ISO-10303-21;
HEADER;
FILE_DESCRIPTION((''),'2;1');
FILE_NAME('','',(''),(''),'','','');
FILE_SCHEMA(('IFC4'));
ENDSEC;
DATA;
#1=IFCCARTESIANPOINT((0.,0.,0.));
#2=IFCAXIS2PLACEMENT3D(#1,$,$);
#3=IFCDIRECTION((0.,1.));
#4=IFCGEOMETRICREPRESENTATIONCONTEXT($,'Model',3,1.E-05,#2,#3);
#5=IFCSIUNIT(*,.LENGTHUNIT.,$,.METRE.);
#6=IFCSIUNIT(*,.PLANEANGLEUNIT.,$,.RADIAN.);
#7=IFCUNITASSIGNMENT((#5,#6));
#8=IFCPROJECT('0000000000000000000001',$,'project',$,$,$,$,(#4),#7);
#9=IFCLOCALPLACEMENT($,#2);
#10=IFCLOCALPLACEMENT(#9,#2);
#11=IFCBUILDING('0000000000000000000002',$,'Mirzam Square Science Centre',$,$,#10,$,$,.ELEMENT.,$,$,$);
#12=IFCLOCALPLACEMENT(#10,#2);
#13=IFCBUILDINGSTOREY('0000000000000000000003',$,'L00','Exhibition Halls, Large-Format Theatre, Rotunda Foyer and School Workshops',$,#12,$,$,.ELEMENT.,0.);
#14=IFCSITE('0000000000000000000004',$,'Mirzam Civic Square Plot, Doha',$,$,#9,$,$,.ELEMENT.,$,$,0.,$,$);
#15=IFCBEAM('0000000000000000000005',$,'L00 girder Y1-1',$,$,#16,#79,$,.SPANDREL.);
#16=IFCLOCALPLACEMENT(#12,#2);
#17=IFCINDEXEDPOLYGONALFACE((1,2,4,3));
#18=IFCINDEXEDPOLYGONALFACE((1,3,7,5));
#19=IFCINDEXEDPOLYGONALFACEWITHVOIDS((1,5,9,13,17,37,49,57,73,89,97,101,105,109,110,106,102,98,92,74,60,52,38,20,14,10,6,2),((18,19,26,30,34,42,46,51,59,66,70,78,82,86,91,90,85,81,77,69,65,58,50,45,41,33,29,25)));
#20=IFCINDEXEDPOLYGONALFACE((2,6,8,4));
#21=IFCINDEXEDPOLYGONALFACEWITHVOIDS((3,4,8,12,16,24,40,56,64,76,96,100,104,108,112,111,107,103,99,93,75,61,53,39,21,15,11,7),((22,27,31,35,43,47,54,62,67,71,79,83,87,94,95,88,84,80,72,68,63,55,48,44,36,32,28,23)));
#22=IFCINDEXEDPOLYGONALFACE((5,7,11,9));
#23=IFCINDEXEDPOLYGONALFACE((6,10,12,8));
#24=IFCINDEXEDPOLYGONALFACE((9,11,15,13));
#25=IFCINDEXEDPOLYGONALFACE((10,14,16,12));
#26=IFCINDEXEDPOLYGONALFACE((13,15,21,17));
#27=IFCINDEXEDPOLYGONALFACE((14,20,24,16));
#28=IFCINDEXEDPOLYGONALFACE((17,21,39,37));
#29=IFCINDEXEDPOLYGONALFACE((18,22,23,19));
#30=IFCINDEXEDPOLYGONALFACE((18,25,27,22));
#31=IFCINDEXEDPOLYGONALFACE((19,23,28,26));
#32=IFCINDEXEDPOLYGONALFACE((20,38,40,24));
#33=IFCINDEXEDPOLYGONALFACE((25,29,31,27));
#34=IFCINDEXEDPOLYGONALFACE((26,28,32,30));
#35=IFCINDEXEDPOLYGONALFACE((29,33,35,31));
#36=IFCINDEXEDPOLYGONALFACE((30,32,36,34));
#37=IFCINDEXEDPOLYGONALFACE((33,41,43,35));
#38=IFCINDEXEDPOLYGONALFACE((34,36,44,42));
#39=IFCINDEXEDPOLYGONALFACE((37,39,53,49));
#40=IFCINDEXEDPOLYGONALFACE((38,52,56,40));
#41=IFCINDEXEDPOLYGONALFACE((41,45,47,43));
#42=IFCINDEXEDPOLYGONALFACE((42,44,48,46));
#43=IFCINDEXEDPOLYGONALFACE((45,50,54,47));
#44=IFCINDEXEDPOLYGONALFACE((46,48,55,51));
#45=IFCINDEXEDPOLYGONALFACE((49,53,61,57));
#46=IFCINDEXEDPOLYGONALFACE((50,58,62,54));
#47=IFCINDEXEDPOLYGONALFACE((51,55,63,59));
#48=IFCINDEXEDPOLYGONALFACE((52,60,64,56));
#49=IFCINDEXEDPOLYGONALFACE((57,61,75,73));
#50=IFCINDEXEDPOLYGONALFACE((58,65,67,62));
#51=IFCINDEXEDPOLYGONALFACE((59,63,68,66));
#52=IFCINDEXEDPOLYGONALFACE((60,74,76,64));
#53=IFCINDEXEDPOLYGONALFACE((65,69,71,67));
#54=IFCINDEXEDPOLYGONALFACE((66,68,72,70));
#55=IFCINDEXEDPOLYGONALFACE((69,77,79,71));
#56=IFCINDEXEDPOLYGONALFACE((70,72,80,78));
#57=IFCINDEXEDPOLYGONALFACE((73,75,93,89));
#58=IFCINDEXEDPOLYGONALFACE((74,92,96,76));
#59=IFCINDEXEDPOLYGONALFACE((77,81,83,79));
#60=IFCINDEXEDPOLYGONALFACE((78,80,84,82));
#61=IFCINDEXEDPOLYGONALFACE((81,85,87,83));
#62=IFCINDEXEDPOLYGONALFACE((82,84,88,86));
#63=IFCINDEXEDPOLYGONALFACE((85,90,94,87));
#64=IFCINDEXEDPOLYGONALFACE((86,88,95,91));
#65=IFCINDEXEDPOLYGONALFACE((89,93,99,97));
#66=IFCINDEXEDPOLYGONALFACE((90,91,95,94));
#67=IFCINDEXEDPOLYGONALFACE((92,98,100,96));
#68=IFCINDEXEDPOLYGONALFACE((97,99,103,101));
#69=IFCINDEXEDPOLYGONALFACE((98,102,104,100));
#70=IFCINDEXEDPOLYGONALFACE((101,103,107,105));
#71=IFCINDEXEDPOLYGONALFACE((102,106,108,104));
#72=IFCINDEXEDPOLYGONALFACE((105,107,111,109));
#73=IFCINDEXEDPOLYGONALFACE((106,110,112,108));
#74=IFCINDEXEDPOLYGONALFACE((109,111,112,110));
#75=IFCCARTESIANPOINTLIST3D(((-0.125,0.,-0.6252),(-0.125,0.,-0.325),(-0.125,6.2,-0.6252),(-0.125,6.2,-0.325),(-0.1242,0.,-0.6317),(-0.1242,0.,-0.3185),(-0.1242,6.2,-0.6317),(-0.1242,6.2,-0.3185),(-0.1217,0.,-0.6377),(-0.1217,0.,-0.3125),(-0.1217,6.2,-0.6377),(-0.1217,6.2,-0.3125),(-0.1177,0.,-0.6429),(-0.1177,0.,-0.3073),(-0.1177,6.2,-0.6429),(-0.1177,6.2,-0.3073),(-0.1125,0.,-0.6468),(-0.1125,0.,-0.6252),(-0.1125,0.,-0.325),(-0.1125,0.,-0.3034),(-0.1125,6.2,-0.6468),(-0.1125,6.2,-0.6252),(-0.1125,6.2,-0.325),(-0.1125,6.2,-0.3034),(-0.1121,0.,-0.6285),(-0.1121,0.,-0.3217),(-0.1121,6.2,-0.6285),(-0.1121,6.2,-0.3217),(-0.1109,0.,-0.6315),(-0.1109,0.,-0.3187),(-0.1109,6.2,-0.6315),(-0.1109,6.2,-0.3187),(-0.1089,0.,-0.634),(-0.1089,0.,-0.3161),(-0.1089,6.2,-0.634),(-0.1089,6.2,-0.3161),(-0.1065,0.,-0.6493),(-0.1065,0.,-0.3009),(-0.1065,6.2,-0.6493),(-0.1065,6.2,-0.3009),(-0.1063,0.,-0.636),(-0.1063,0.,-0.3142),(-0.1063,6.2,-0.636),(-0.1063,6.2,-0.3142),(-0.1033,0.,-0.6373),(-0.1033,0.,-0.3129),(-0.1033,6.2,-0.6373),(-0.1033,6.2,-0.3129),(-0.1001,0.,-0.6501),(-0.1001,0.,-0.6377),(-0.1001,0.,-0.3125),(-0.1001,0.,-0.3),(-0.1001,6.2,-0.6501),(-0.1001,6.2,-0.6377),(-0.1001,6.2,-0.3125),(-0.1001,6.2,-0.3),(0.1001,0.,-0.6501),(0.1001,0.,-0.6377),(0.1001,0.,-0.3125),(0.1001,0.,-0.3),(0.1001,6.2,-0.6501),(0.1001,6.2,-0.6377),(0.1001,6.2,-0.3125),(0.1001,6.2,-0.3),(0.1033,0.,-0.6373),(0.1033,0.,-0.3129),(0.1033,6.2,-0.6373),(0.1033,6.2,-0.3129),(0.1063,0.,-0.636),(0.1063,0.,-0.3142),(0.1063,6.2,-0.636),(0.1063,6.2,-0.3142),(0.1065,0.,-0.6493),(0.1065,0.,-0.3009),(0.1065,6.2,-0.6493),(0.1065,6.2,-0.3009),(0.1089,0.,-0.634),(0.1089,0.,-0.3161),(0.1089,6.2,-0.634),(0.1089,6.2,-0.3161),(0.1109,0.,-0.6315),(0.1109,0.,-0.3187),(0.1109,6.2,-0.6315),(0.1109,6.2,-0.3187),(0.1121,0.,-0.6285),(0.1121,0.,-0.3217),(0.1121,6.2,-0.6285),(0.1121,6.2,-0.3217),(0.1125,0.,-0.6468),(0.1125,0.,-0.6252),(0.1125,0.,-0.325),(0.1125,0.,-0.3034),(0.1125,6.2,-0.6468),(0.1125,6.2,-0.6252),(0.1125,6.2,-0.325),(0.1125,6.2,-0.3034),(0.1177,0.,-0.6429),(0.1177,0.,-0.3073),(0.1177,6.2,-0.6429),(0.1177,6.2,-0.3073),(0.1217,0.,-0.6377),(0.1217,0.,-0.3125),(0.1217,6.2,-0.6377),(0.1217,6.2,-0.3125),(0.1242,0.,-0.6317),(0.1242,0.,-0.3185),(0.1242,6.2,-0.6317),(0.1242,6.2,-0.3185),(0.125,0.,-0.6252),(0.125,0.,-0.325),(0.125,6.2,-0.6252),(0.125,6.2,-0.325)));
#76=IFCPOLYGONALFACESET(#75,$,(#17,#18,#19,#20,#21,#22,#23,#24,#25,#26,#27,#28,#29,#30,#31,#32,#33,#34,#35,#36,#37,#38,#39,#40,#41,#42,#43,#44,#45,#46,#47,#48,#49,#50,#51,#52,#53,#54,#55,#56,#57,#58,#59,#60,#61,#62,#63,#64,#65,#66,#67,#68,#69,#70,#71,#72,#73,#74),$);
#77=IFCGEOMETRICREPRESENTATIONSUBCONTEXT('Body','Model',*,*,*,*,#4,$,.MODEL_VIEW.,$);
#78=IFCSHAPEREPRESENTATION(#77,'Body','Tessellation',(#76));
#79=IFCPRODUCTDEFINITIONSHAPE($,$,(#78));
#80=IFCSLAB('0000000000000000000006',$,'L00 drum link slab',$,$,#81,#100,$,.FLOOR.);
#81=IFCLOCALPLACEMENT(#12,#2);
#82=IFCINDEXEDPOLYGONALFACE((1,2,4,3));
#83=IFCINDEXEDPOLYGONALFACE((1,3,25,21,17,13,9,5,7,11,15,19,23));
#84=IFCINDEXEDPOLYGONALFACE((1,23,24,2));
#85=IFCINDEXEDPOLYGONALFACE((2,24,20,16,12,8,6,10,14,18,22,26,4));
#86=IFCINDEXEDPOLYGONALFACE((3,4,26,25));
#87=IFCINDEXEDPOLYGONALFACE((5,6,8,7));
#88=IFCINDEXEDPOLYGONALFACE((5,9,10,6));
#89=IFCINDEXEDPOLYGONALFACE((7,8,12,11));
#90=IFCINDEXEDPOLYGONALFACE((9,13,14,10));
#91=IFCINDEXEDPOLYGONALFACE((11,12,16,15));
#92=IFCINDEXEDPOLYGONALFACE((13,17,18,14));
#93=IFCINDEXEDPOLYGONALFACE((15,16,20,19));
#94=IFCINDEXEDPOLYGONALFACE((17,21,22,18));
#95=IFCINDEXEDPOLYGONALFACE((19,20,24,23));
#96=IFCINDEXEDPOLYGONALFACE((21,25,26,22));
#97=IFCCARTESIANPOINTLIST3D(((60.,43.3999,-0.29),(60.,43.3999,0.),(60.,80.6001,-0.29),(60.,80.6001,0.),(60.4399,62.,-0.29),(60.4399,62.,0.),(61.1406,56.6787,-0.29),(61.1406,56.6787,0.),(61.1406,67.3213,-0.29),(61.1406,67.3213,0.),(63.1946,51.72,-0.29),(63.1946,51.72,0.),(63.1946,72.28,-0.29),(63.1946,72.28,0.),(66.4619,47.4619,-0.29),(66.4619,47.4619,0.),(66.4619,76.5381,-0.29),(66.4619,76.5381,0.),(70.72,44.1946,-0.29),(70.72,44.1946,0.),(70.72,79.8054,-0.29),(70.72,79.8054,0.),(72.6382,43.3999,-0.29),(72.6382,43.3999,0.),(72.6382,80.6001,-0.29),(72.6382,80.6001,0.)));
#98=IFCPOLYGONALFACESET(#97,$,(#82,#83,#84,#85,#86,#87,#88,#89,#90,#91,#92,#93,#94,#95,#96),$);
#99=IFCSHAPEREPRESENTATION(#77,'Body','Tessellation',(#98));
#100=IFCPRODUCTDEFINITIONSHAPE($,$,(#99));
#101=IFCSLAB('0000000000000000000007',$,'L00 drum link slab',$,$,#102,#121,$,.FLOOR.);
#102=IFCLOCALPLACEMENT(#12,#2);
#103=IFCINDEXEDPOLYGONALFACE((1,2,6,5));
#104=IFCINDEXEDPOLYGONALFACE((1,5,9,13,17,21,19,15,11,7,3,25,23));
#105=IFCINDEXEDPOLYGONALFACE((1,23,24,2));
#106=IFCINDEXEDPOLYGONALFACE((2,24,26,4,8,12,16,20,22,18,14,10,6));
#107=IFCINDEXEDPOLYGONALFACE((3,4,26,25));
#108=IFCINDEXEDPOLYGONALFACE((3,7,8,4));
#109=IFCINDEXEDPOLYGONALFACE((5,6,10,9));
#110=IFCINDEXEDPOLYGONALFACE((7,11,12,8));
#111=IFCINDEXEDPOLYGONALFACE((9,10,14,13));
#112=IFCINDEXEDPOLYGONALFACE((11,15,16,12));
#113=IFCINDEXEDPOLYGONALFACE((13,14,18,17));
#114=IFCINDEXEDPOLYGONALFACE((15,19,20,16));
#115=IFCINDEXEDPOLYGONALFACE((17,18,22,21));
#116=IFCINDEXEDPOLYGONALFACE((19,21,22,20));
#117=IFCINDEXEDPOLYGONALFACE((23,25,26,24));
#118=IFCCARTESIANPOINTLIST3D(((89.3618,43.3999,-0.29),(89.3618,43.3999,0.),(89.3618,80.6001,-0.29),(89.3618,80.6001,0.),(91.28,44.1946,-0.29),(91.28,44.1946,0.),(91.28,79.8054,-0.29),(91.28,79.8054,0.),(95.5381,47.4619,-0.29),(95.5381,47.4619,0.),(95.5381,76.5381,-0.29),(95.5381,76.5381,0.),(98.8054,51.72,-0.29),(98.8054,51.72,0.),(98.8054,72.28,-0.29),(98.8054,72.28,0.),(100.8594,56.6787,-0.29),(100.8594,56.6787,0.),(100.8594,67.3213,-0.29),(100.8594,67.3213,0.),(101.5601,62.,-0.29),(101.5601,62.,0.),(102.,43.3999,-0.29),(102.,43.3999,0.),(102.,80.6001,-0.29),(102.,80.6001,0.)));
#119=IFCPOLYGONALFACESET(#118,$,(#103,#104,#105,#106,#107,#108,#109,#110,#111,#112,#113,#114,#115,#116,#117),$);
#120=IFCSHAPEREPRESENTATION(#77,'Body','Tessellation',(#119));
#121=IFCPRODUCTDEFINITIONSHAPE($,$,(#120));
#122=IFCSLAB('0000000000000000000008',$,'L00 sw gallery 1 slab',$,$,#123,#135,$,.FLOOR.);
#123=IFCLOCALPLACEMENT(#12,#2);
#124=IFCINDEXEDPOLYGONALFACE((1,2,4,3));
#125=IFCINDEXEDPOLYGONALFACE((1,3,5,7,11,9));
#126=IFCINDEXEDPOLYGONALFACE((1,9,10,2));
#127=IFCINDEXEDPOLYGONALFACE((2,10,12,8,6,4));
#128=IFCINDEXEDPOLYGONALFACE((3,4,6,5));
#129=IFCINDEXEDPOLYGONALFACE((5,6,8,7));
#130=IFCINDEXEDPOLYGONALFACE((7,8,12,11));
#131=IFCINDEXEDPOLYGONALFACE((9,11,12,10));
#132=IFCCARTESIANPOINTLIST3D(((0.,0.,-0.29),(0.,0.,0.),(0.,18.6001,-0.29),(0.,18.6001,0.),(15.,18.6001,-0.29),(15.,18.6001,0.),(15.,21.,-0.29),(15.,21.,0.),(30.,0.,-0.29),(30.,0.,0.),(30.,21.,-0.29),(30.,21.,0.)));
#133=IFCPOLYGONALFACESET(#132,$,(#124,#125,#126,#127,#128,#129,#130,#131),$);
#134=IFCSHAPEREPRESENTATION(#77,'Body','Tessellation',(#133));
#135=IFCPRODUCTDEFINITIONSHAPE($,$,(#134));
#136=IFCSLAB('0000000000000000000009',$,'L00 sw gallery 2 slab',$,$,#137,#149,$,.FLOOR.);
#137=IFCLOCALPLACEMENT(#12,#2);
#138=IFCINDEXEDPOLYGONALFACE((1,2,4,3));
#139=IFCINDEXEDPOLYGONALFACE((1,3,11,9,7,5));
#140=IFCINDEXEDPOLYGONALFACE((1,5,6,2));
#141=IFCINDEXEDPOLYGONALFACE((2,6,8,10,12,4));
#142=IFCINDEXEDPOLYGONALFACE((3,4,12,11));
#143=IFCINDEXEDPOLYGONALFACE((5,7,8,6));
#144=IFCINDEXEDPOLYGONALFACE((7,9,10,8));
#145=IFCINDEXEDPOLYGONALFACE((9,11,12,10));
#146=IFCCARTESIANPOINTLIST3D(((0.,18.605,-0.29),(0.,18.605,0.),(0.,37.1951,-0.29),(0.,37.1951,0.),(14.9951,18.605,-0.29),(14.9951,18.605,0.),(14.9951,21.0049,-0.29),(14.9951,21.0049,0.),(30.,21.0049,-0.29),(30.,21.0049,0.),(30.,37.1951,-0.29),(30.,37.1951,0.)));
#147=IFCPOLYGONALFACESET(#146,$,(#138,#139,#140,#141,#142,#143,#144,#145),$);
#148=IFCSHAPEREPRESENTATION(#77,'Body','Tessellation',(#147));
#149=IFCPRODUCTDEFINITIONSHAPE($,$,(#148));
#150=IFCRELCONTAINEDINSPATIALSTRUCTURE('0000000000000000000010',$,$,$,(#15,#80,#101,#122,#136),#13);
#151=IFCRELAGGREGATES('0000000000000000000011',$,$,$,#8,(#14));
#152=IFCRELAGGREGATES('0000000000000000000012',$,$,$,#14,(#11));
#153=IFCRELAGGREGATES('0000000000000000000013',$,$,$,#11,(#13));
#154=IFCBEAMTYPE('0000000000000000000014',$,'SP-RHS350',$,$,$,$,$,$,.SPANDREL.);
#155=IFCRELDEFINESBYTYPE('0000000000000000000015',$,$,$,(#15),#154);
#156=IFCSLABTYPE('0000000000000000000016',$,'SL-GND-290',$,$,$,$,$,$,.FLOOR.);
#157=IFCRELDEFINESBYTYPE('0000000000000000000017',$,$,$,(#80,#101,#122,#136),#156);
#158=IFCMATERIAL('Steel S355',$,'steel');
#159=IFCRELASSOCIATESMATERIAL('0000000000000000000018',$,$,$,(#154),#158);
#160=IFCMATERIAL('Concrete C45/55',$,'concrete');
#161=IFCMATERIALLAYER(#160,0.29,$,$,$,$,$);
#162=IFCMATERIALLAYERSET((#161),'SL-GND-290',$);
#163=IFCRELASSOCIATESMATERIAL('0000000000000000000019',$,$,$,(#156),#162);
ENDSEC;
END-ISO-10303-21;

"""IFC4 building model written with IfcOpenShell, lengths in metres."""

from ifc_helpers import new_model, si_unit, direction, frame, origin, origin_2d, place, context, subcontext, project, spatial, polyline, hollow_rectangle, outline, extrude, material, layer, layer_set, material_profile, profile_set, type_object, element, save


model = new_model("IFC4")

# Units and contexts
model_context = context("Model", 3, precision=1e-05, world=origin(), true_north=direction((0.0, 1.0)))
body_context = subcontext(model_context, "Body", "Model", "MODEL_VIEW")
ifc_project = project(units=[si_unit("LENGTHUNIT", "METRE"), si_unit("PLANEANGLEUNIT", "RADIAN")], contexts=[model_context])

# Site, building, storey
site_placement = place(None, origin())
site = spatial("IfcSite", under=ifc_project, at=site_placement, Name="Mirzam Civic Square Plot, Doha", CompositionType="ELEMENT", RefElevation=0.0)
building_placement = place(site_placement, origin())
building = spatial("IfcBuilding", under=site, at=building_placement, Name="Mirzam Square Science Centre", CompositionType="ELEMENT")
storey_placement = place(building_placement, origin())
storey = spatial("IfcBuildingStorey", under=building, at=storey_placement, Name="L00", Description="Exhibition Halls, Large-Format Theatre, Rotunda Foyer and School Workshops", CompositionType="ELEMENT", Elevation=0.0)

# Shared definitions
ifc_material_1 = material(Name="Concrete C45/55", Category="concrete")

# Shared definitions
ifc_material_2 = material(Name="Steel S355", Category="steel")

# Beam
ifc_material_profile_1 = material_profile(ifc_material_2, hollow_rectangle(XDim=0.25, YDim=0.3501, WallThickness=0.0125, InnerFilletRadius=0.0125, OuterFilletRadius=0.0249, at=origin_2d()), Name="350x250x12.5RHS")
ifc_profile_set_1 = profile_set([ifc_material_profile_1], Name="Steel S355")
beam_type = type_object("IfcBeamType", Name="SP-RHS350", PredefinedType="SPANDREL", material=ifc_profile_set_1)
beam_1_placement = place(storey_placement, frame((0.0, 0.0, -0.4751), z_axis=(0.0, 1.0, 0.0), x_axis=(-1.0, 0.0, 0.0)))
element("IfcBeam", 1, at=beam_1_placement, inside=storey, type_object=beam_type, Name="L00 girder Y1-1", PredefinedType="SPANDREL", context=body_context, shape_type="SweptSolid", body=[
    extrude(hollow_rectangle(XDim=0.25, YDim=0.3501, WallThickness=0.0125, InnerFilletRadius=0.0125, OuterFilletRadius=0.0249, at=origin_2d()), origin(), (0.0, 0.0, 1.0), 6.2),
])

# Slabs
ifc_layer_1 = layer(ifc_material_1, 0.29)
ifc_layer_set_1 = layer_set([ifc_layer_1], Name="SL-GND-290")
slab_type_1 = type_object("IfcSlabType", Name="SL-GND-290", PredefinedType="FLOOR", material=ifc_layer_set_1)
slab_1_placement = place(storey_placement, frame((0.0, 0.0, -0.29)))
element("IfcSlab", 2, at=slab_1_placement, inside=storey, type_object=slab_type_1, Name="L00 drum link slab", PredefinedType="FLOOR", context=body_context, shape_type="SweptSolid", body=[
    extrude(outline(polyline([(72.6382, 80.6001), (70.72, 79.8054), (66.4619, 76.5381), (63.1946, 72.28), (61.1406, 67.3213), (60.4399, 62.0), (61.1406, 56.6787), (63.1946, 51.72), (66.4619, 47.4619), (70.72, 44.1946), (72.6382, 43.3999), (60.0, 43.3999), (60.0, 80.6001), (72.6382, 80.6001)])), origin(), (0.0, 0.0, 1.0), 0.29),
])
slab_2_placement = place(storey_placement, frame((0.0, 0.0, -0.29)))
element("IfcSlab", 3, at=slab_2_placement, inside=storey, type_object=slab_type_1, Name="L00 drum link slab", PredefinedType="FLOOR", context=body_context, shape_type="SweptSolid", body=[
    extrude(outline(polyline([(89.3618, 43.3999), (91.28, 44.1946), (95.5381, 47.4619), (98.8054, 51.72), (100.8594, 56.6787), (101.5601, 62.0), (100.8594, 67.3213), (98.8054, 72.28), (95.5381, 76.5381), (91.28, 79.8054), (89.3618, 80.6001), (102.0, 80.6001), (102.0, 43.3999), (89.3618, 43.3999)])), origin(), (0.0, 0.0, 1.0), 0.29),
])
slab_3_placement = place(storey_placement, frame((0.0, 0.0, -0.29)))
element("IfcSlab", 4, at=slab_3_placement, inside=storey, type_object=slab_type_1, Name="L00 sw gallery 1 slab", PredefinedType="FLOOR", context=body_context, shape_type="SweptSolid", body=[
    extrude(outline(polyline([(15.0, 18.6001), (15.0, 21.0), (30.0, 21.0), (30.0, 0.0), (0.0, 0.0), (0.0, 18.6001), (15.0, 18.6001)])), origin(), (0.0, 0.0, 1.0), 0.29),
])
slab_4_placement = place(storey_placement, frame((0.0, 0.0, -0.29)))
element("IfcSlab", 5, at=slab_4_placement, inside=storey, type_object=slab_type_1, Name="L00 sw gallery 2 slab", PredefinedType="FLOOR", context=body_context, shape_type="SweptSolid", body=[
    extrude(outline(polyline([(30.0, 21.0049), (14.9951, 21.0049), (14.9951, 18.605), (0.0, 18.605), (0.0, 37.1951), (30.0, 37.1951), (30.0, 21.0049)])), origin(), (0.0, 0.0, 1.0), 0.29),
])

save(model, "model.ifc")
